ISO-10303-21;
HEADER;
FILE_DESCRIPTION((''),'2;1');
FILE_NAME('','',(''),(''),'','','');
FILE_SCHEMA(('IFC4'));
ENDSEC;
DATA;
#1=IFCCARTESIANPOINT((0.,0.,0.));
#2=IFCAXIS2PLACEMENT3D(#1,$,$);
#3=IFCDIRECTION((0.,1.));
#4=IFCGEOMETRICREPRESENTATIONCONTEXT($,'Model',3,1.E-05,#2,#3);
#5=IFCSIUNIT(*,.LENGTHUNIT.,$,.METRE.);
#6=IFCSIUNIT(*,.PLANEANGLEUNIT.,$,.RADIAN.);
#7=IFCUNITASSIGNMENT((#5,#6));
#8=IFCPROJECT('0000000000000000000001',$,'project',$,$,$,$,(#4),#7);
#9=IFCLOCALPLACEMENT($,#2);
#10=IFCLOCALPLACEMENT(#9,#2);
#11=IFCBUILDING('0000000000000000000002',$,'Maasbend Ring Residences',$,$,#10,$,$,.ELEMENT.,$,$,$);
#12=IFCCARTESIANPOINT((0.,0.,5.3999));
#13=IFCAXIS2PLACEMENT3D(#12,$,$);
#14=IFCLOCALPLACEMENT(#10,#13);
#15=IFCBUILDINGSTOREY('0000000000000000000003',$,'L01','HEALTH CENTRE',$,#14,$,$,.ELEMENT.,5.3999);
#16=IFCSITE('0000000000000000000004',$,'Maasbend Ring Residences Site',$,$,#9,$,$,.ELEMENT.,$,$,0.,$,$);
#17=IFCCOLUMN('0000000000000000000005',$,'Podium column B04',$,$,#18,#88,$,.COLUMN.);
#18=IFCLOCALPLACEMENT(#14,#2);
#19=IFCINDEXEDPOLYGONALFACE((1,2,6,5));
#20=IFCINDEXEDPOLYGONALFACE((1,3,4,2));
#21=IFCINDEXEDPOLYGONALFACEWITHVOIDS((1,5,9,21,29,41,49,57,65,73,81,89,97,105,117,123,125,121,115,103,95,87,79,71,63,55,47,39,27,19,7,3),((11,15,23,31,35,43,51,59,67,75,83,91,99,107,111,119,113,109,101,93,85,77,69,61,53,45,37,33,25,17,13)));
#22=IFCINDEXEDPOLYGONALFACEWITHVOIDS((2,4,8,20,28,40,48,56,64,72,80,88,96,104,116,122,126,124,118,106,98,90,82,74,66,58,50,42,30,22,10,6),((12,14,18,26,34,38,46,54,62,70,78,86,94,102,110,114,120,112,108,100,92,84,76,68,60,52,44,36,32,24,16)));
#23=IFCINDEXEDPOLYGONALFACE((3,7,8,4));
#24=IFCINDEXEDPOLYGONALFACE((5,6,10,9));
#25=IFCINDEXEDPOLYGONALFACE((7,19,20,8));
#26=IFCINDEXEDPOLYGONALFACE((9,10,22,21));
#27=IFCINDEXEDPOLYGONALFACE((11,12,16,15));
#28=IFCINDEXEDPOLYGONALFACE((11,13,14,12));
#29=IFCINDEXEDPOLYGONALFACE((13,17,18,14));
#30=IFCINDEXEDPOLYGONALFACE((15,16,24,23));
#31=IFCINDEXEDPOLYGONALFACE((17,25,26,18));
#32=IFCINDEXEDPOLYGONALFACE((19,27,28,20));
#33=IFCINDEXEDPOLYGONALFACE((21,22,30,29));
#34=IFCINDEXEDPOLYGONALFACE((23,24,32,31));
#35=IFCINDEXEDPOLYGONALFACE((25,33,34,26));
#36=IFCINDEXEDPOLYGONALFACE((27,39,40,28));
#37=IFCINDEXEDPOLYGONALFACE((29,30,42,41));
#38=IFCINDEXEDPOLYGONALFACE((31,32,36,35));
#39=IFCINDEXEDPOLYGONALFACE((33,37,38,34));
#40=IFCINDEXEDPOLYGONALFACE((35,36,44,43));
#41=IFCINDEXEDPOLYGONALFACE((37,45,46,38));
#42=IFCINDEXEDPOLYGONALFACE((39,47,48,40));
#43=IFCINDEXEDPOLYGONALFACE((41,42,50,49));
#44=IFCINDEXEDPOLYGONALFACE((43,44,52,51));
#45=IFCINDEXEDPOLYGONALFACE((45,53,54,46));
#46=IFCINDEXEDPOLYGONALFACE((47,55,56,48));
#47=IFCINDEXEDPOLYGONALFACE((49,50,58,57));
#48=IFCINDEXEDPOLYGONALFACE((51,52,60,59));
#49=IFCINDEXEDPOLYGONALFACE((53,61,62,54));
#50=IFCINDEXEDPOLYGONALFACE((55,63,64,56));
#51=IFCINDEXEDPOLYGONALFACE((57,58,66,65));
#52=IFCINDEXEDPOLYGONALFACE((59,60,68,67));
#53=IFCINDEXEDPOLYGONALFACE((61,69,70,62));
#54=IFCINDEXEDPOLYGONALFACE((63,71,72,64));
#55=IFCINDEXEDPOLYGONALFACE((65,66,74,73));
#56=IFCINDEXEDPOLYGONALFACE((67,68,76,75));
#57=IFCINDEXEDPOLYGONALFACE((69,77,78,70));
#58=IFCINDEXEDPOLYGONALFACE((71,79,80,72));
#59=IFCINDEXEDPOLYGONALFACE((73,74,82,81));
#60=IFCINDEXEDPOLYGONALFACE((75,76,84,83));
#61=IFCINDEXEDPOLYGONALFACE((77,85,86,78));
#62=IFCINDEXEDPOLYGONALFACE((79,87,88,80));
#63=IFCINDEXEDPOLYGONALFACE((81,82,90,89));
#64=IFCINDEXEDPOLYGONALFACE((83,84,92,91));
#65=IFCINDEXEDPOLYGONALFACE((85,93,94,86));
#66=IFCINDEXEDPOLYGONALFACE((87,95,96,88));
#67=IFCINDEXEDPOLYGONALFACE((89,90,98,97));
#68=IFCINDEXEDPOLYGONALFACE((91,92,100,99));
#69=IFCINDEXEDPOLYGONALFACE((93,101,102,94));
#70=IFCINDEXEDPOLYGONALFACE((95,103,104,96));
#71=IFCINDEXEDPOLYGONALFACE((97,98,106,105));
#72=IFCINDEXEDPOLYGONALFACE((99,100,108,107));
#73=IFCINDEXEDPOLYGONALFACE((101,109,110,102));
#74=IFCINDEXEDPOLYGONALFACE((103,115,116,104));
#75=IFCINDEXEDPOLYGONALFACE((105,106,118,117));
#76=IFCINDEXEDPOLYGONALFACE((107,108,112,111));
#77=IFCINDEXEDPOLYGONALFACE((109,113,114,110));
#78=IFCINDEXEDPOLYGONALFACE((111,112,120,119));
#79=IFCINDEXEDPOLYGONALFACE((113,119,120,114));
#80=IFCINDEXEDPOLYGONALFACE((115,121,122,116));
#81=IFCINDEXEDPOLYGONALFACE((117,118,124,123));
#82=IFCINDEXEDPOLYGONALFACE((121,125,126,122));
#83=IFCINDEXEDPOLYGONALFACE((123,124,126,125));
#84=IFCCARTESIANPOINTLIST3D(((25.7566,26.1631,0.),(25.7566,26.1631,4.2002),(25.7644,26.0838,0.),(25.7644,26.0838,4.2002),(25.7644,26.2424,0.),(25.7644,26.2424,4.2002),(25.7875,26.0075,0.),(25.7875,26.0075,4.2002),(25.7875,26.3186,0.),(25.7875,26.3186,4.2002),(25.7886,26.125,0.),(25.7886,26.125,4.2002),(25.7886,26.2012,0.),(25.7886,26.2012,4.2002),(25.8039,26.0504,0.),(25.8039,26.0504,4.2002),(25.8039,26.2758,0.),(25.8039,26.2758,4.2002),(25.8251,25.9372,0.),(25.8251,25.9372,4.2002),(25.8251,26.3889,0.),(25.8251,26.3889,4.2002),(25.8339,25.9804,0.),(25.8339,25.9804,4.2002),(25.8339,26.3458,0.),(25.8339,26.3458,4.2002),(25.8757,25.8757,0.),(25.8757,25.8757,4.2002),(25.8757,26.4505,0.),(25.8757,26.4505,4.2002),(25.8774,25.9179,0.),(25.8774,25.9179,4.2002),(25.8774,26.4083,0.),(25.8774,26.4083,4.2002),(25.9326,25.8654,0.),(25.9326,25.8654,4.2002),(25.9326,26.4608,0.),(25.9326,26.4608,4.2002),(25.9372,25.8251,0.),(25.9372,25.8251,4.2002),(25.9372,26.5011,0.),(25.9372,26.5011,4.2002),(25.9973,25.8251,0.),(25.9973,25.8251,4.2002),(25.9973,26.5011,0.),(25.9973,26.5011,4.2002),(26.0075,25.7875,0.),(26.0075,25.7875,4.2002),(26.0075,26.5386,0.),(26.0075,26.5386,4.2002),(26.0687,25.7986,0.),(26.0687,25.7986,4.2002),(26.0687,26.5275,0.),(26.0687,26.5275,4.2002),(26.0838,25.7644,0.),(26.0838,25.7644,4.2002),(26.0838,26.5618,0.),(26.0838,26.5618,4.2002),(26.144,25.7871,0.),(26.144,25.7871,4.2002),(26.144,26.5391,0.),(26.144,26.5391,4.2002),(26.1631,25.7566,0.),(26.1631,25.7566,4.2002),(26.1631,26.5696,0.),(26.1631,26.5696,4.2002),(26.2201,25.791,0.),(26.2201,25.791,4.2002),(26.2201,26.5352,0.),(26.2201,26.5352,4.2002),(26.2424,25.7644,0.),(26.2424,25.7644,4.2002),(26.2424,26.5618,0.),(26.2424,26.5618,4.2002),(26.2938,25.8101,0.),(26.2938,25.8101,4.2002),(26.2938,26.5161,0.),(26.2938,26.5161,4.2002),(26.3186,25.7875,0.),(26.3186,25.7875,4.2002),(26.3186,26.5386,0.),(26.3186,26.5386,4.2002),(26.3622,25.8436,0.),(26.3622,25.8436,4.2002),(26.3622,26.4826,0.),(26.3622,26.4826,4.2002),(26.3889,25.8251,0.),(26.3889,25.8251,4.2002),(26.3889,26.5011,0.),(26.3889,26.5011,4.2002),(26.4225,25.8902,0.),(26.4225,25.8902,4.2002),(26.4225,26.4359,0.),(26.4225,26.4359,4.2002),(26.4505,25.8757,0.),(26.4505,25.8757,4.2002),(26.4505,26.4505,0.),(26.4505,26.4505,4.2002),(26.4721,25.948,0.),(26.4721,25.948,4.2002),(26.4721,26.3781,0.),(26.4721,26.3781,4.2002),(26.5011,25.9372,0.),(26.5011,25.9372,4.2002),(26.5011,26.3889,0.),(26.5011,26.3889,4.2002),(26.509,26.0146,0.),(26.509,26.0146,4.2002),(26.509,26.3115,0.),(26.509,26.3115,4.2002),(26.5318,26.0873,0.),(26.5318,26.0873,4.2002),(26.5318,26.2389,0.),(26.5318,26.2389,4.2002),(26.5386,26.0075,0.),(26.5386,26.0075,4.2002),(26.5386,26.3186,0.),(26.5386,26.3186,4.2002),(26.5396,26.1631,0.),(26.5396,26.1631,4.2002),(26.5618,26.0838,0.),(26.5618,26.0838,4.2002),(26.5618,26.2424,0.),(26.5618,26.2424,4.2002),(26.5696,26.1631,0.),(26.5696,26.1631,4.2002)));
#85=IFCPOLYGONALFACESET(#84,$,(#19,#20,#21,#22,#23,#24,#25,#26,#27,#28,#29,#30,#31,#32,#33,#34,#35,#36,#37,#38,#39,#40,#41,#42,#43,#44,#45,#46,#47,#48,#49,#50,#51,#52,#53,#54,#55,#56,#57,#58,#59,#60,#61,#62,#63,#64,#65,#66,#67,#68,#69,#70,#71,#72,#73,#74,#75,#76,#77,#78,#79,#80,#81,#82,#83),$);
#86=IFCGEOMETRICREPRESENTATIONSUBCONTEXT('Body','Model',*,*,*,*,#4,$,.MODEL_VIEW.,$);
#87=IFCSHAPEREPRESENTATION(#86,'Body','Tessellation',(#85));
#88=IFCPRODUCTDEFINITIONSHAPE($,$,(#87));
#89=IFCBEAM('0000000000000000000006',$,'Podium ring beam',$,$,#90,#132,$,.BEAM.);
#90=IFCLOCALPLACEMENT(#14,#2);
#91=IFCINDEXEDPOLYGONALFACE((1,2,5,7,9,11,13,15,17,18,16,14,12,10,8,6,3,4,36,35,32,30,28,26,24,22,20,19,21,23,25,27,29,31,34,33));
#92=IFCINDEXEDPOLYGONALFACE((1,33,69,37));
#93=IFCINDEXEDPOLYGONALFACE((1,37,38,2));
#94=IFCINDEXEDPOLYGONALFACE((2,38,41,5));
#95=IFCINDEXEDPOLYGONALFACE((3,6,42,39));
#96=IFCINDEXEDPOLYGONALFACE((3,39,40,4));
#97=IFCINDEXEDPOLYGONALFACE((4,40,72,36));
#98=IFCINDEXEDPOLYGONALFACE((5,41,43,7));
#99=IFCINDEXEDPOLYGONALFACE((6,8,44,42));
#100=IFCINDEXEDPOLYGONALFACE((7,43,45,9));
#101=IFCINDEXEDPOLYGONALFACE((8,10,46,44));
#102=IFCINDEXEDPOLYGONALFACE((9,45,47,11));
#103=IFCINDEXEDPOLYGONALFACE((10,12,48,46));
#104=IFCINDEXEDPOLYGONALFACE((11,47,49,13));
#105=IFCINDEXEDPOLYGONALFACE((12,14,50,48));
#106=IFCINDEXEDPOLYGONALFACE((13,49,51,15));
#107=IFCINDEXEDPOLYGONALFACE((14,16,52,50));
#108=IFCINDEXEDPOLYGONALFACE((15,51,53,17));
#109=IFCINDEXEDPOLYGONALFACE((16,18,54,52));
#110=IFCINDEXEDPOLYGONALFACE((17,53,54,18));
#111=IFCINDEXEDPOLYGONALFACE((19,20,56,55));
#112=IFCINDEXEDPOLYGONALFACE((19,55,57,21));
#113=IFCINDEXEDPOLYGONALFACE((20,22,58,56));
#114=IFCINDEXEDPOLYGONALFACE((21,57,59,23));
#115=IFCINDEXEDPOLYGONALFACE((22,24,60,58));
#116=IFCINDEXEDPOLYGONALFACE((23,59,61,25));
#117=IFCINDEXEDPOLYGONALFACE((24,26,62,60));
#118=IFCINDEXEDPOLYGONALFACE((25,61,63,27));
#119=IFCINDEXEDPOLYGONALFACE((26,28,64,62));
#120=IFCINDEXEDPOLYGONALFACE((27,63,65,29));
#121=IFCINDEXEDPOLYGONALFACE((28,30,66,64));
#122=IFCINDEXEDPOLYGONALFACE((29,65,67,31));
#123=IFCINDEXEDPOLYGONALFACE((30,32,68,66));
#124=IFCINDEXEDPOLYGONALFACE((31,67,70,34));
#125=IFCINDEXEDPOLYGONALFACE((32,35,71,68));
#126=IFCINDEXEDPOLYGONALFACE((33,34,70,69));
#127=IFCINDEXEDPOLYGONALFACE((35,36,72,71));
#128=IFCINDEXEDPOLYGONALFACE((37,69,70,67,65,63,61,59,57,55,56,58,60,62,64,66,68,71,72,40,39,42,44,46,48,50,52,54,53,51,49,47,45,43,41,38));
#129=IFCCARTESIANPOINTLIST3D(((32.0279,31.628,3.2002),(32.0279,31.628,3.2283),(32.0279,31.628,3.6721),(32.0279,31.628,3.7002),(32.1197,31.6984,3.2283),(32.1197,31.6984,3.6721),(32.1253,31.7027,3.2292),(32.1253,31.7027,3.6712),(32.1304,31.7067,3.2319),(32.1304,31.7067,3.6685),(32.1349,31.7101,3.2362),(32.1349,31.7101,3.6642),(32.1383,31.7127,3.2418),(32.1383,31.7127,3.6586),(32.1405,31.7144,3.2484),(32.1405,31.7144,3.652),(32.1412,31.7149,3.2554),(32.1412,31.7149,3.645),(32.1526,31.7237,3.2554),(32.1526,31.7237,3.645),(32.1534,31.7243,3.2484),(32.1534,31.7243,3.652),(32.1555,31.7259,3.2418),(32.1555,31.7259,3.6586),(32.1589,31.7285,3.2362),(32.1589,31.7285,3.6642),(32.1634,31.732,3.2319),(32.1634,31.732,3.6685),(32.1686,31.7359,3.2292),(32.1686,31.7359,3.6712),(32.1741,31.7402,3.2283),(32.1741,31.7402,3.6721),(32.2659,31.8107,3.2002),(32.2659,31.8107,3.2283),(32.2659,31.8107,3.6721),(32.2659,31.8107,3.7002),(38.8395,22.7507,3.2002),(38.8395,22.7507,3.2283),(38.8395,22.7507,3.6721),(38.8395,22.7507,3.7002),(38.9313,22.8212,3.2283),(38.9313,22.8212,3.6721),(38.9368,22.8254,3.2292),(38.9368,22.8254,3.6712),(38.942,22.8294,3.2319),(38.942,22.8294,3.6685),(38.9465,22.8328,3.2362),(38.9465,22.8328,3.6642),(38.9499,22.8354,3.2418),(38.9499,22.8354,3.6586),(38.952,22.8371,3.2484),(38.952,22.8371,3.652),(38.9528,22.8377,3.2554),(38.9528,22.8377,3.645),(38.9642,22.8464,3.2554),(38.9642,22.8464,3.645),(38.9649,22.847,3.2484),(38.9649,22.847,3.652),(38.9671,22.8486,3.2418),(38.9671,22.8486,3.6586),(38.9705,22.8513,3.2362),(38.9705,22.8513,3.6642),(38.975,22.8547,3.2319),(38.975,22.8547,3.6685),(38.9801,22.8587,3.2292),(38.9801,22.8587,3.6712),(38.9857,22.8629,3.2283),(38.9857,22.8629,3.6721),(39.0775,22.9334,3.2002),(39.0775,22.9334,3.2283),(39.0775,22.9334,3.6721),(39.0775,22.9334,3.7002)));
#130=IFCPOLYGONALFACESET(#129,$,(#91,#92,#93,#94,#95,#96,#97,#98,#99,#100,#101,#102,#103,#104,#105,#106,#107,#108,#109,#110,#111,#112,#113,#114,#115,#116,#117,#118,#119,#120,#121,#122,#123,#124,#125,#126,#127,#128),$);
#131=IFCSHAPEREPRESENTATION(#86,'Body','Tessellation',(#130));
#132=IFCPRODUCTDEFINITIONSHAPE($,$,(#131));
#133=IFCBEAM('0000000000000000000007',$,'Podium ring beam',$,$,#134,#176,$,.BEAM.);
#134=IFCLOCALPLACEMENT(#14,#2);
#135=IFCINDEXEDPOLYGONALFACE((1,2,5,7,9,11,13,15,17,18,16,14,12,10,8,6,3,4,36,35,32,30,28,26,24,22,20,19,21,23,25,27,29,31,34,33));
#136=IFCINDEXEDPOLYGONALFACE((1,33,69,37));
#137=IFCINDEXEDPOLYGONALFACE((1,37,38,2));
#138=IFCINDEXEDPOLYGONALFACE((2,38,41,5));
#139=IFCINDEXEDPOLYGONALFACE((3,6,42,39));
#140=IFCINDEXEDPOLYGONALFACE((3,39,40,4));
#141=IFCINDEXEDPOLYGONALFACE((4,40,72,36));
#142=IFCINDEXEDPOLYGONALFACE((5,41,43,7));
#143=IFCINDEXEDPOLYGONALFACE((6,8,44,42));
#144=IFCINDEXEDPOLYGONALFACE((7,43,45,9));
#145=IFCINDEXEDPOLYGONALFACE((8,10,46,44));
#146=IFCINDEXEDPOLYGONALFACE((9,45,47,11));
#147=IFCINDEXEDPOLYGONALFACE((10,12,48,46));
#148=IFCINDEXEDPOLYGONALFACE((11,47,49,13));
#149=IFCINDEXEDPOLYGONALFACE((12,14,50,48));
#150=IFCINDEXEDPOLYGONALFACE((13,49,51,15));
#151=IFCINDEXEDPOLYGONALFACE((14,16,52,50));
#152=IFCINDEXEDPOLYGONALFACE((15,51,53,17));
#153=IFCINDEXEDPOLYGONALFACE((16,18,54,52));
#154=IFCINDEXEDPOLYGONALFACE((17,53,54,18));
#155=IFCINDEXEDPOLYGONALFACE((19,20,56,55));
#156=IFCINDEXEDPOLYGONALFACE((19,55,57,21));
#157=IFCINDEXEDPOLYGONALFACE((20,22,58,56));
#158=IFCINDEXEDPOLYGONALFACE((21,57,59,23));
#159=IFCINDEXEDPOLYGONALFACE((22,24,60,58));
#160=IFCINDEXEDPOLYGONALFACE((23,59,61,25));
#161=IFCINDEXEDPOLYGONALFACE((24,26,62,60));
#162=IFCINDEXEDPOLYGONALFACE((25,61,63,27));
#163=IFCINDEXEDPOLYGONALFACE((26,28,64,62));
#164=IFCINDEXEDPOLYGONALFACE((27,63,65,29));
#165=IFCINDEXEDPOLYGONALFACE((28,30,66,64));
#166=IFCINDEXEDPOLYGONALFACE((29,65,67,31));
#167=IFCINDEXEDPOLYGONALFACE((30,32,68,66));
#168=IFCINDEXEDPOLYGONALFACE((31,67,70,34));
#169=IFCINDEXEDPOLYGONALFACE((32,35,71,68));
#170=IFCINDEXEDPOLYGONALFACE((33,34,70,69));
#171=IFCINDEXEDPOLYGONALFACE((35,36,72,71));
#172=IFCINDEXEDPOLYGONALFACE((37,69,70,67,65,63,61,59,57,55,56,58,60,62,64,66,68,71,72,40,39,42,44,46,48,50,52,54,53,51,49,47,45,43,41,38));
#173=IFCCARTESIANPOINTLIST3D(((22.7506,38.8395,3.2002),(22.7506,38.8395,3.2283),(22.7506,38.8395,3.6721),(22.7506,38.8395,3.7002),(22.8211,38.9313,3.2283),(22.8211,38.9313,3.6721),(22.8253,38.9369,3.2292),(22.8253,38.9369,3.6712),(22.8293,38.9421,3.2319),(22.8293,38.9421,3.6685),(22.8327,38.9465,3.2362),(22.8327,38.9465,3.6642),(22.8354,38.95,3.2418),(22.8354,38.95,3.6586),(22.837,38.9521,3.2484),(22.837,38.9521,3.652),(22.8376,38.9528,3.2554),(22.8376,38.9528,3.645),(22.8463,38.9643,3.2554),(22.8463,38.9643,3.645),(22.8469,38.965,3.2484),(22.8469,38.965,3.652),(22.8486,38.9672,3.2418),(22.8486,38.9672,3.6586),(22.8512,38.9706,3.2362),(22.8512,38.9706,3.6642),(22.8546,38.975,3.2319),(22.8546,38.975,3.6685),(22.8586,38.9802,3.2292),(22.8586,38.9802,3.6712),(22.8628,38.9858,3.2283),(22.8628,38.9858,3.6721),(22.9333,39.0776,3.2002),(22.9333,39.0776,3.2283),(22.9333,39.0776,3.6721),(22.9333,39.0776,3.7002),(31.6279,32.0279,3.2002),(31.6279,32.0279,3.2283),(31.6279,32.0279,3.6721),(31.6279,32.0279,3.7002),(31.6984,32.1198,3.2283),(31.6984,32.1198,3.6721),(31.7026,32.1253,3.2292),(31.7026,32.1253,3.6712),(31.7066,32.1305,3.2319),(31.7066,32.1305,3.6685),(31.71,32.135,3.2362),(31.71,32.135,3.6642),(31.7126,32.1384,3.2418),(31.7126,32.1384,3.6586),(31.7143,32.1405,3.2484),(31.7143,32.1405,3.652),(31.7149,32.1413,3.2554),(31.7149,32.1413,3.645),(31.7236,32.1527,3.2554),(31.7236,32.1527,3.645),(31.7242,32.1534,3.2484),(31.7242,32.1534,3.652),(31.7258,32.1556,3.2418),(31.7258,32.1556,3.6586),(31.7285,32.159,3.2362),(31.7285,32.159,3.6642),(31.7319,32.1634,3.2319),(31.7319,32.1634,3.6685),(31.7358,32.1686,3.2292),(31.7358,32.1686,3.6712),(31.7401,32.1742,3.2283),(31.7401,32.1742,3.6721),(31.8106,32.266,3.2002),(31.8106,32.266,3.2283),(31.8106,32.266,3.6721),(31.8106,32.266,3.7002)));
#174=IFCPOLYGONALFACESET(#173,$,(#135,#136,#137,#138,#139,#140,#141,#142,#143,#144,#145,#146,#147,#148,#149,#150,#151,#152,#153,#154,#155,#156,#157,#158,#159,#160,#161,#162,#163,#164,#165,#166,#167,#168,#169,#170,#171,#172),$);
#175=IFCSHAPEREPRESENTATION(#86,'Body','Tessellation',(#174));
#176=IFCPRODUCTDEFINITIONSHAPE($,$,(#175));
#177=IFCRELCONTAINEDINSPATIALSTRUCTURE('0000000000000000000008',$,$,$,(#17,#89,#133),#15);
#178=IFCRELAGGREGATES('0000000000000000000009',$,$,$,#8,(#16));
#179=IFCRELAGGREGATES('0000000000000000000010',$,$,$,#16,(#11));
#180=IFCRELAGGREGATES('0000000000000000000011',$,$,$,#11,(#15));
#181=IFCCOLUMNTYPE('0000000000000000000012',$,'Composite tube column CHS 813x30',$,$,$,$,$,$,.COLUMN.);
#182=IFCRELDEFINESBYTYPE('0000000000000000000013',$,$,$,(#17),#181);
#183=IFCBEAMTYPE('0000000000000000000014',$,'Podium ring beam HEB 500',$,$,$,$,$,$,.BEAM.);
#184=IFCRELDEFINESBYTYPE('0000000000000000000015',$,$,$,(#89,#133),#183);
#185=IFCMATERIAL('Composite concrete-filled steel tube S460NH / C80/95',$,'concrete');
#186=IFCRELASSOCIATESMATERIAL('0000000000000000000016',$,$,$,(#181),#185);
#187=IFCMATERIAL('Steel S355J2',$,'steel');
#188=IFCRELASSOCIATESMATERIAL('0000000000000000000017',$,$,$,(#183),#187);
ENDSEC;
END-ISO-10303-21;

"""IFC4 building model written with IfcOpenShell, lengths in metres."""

from ifc_helpers import new_model, si_unit, direction, frame, origin, origin_2d, place, context, subcontext, project, spatial, hollow_circle, i_section, extrude, material, material_profile, profile_set, type_object, element, save


model = new_model("IFC4")

# Units and contexts
model_context = context("Model", 3, precision=1e-05, world=origin(), true_north=direction((0.0, 1.0)))
body_context = subcontext(model_context, "Body", "Model", "MODEL_VIEW")
ifc_project = project(units=[si_unit("LENGTHUNIT", "METRE"), si_unit("PLANEANGLEUNIT", "RADIAN")], contexts=[model_context])

# Site, building, storey
site_placement = place(None, origin())
site = spatial("IfcSite", under=ifc_project, at=site_placement, Name="Maasbend Ring Residences Site", CompositionType="ELEMENT", RefElevation=0.0)
building_placement = place(site_placement, origin())
building = spatial("IfcBuilding", under=site, at=building_placement, Name="Maasbend Ring Residences", CompositionType="ELEMENT")
storey_placement = place(building_placement, frame((0.0, 0.0, 5.3999)))
storey = spatial("IfcBuildingStorey", under=building, at=storey_placement, Name="L01", Description="HEALTH CENTRE", CompositionType="ELEMENT", Elevation=5.3999)

# Column
ifc_material_1 = material(Name="Composite concrete-filled steel tube S460NH / C80/95", Category="concrete")
ifc_material_profile_1 = material_profile(ifc_material_1, hollow_circle(Radius=0.4065, WallThickness=0.03, at=origin_2d()), Name="Composite tube column CHS 813x30")
ifc_profile_set_1 = profile_set([ifc_material_profile_1], Name="Composite concrete-filled steel tube S460NH / C80/95")
column_type_1 = type_object("IfcColumnType", Name="Composite tube column CHS 813x30", PredefinedType="COLUMN", material=ifc_profile_set_1)
column_placement = place(storey_placement, frame((26.1631, 26.1631, 0.0), z_axis=(0.0, 0.0, 1.0), x_axis=(1.0, 0.0, 0.0)))
element("IfcColumn", 1, at=column_placement, inside=storey, type_object=column_type_1, Name="Podium column B04", PredefinedType="COLUMN", context=body_context, shape_type="SweptSolid", body=[
    extrude(hollow_circle(Radius=0.4065, WallThickness=0.03, at=origin_2d()), origin(), (0.0, 0.0, 1.0), 4.2002),
])

# Beams
ifc_material_2 = material(Name="Steel S355J2", Category="steel")
ifc_material_profile_2 = material_profile(ifc_material_2, i_section(OverallWidth=0.3, OverallDepth=0.5, WebThickness=0.0144, FlangeThickness=0.0281, FilletRadius=0.0271, at=origin_2d()), Name="HEB 500")
ifc_profile_set_2 = profile_set([ifc_material_profile_2], Name="Steel S355J2")
beam_type_1 = type_object("IfcBeamType", Name="Podium ring beam HEB 500", PredefinedType="BEAM", material=ifc_profile_set_2)
for number, where, z_axis, x_axis, name in (
    (2, (38.9585, 22.842, 3.4502), (-0.608751, 0.793362, 0.0), (-0.793362, -0.608751, 0.0), "Podium ring beam"),
    (3, (31.7192, 32.147, 3.4502), (-0.793362, 0.608751, 0.0), (-0.608751, -0.793362, 0.0), "Podium ring beam"),
):
    element("IfcBeam", number, at=place(storey_placement, frame(where, z_axis=z_axis, x_axis=x_axis)), inside=storey, type_object=beam_type_1, Name=name, PredefinedType="BEAM", context=body_context, shape_type="SweptSolid", body=[
        extrude(i_section(OverallWidth=0.3, OverallDepth=0.5, WebThickness=0.0144, FlangeThickness=0.0281, FilletRadius=0.0271, at=origin_2d()), origin(), (0.0, 0.0, 1.0), 11.1895),
    ])

save(model, "model.ifc")
